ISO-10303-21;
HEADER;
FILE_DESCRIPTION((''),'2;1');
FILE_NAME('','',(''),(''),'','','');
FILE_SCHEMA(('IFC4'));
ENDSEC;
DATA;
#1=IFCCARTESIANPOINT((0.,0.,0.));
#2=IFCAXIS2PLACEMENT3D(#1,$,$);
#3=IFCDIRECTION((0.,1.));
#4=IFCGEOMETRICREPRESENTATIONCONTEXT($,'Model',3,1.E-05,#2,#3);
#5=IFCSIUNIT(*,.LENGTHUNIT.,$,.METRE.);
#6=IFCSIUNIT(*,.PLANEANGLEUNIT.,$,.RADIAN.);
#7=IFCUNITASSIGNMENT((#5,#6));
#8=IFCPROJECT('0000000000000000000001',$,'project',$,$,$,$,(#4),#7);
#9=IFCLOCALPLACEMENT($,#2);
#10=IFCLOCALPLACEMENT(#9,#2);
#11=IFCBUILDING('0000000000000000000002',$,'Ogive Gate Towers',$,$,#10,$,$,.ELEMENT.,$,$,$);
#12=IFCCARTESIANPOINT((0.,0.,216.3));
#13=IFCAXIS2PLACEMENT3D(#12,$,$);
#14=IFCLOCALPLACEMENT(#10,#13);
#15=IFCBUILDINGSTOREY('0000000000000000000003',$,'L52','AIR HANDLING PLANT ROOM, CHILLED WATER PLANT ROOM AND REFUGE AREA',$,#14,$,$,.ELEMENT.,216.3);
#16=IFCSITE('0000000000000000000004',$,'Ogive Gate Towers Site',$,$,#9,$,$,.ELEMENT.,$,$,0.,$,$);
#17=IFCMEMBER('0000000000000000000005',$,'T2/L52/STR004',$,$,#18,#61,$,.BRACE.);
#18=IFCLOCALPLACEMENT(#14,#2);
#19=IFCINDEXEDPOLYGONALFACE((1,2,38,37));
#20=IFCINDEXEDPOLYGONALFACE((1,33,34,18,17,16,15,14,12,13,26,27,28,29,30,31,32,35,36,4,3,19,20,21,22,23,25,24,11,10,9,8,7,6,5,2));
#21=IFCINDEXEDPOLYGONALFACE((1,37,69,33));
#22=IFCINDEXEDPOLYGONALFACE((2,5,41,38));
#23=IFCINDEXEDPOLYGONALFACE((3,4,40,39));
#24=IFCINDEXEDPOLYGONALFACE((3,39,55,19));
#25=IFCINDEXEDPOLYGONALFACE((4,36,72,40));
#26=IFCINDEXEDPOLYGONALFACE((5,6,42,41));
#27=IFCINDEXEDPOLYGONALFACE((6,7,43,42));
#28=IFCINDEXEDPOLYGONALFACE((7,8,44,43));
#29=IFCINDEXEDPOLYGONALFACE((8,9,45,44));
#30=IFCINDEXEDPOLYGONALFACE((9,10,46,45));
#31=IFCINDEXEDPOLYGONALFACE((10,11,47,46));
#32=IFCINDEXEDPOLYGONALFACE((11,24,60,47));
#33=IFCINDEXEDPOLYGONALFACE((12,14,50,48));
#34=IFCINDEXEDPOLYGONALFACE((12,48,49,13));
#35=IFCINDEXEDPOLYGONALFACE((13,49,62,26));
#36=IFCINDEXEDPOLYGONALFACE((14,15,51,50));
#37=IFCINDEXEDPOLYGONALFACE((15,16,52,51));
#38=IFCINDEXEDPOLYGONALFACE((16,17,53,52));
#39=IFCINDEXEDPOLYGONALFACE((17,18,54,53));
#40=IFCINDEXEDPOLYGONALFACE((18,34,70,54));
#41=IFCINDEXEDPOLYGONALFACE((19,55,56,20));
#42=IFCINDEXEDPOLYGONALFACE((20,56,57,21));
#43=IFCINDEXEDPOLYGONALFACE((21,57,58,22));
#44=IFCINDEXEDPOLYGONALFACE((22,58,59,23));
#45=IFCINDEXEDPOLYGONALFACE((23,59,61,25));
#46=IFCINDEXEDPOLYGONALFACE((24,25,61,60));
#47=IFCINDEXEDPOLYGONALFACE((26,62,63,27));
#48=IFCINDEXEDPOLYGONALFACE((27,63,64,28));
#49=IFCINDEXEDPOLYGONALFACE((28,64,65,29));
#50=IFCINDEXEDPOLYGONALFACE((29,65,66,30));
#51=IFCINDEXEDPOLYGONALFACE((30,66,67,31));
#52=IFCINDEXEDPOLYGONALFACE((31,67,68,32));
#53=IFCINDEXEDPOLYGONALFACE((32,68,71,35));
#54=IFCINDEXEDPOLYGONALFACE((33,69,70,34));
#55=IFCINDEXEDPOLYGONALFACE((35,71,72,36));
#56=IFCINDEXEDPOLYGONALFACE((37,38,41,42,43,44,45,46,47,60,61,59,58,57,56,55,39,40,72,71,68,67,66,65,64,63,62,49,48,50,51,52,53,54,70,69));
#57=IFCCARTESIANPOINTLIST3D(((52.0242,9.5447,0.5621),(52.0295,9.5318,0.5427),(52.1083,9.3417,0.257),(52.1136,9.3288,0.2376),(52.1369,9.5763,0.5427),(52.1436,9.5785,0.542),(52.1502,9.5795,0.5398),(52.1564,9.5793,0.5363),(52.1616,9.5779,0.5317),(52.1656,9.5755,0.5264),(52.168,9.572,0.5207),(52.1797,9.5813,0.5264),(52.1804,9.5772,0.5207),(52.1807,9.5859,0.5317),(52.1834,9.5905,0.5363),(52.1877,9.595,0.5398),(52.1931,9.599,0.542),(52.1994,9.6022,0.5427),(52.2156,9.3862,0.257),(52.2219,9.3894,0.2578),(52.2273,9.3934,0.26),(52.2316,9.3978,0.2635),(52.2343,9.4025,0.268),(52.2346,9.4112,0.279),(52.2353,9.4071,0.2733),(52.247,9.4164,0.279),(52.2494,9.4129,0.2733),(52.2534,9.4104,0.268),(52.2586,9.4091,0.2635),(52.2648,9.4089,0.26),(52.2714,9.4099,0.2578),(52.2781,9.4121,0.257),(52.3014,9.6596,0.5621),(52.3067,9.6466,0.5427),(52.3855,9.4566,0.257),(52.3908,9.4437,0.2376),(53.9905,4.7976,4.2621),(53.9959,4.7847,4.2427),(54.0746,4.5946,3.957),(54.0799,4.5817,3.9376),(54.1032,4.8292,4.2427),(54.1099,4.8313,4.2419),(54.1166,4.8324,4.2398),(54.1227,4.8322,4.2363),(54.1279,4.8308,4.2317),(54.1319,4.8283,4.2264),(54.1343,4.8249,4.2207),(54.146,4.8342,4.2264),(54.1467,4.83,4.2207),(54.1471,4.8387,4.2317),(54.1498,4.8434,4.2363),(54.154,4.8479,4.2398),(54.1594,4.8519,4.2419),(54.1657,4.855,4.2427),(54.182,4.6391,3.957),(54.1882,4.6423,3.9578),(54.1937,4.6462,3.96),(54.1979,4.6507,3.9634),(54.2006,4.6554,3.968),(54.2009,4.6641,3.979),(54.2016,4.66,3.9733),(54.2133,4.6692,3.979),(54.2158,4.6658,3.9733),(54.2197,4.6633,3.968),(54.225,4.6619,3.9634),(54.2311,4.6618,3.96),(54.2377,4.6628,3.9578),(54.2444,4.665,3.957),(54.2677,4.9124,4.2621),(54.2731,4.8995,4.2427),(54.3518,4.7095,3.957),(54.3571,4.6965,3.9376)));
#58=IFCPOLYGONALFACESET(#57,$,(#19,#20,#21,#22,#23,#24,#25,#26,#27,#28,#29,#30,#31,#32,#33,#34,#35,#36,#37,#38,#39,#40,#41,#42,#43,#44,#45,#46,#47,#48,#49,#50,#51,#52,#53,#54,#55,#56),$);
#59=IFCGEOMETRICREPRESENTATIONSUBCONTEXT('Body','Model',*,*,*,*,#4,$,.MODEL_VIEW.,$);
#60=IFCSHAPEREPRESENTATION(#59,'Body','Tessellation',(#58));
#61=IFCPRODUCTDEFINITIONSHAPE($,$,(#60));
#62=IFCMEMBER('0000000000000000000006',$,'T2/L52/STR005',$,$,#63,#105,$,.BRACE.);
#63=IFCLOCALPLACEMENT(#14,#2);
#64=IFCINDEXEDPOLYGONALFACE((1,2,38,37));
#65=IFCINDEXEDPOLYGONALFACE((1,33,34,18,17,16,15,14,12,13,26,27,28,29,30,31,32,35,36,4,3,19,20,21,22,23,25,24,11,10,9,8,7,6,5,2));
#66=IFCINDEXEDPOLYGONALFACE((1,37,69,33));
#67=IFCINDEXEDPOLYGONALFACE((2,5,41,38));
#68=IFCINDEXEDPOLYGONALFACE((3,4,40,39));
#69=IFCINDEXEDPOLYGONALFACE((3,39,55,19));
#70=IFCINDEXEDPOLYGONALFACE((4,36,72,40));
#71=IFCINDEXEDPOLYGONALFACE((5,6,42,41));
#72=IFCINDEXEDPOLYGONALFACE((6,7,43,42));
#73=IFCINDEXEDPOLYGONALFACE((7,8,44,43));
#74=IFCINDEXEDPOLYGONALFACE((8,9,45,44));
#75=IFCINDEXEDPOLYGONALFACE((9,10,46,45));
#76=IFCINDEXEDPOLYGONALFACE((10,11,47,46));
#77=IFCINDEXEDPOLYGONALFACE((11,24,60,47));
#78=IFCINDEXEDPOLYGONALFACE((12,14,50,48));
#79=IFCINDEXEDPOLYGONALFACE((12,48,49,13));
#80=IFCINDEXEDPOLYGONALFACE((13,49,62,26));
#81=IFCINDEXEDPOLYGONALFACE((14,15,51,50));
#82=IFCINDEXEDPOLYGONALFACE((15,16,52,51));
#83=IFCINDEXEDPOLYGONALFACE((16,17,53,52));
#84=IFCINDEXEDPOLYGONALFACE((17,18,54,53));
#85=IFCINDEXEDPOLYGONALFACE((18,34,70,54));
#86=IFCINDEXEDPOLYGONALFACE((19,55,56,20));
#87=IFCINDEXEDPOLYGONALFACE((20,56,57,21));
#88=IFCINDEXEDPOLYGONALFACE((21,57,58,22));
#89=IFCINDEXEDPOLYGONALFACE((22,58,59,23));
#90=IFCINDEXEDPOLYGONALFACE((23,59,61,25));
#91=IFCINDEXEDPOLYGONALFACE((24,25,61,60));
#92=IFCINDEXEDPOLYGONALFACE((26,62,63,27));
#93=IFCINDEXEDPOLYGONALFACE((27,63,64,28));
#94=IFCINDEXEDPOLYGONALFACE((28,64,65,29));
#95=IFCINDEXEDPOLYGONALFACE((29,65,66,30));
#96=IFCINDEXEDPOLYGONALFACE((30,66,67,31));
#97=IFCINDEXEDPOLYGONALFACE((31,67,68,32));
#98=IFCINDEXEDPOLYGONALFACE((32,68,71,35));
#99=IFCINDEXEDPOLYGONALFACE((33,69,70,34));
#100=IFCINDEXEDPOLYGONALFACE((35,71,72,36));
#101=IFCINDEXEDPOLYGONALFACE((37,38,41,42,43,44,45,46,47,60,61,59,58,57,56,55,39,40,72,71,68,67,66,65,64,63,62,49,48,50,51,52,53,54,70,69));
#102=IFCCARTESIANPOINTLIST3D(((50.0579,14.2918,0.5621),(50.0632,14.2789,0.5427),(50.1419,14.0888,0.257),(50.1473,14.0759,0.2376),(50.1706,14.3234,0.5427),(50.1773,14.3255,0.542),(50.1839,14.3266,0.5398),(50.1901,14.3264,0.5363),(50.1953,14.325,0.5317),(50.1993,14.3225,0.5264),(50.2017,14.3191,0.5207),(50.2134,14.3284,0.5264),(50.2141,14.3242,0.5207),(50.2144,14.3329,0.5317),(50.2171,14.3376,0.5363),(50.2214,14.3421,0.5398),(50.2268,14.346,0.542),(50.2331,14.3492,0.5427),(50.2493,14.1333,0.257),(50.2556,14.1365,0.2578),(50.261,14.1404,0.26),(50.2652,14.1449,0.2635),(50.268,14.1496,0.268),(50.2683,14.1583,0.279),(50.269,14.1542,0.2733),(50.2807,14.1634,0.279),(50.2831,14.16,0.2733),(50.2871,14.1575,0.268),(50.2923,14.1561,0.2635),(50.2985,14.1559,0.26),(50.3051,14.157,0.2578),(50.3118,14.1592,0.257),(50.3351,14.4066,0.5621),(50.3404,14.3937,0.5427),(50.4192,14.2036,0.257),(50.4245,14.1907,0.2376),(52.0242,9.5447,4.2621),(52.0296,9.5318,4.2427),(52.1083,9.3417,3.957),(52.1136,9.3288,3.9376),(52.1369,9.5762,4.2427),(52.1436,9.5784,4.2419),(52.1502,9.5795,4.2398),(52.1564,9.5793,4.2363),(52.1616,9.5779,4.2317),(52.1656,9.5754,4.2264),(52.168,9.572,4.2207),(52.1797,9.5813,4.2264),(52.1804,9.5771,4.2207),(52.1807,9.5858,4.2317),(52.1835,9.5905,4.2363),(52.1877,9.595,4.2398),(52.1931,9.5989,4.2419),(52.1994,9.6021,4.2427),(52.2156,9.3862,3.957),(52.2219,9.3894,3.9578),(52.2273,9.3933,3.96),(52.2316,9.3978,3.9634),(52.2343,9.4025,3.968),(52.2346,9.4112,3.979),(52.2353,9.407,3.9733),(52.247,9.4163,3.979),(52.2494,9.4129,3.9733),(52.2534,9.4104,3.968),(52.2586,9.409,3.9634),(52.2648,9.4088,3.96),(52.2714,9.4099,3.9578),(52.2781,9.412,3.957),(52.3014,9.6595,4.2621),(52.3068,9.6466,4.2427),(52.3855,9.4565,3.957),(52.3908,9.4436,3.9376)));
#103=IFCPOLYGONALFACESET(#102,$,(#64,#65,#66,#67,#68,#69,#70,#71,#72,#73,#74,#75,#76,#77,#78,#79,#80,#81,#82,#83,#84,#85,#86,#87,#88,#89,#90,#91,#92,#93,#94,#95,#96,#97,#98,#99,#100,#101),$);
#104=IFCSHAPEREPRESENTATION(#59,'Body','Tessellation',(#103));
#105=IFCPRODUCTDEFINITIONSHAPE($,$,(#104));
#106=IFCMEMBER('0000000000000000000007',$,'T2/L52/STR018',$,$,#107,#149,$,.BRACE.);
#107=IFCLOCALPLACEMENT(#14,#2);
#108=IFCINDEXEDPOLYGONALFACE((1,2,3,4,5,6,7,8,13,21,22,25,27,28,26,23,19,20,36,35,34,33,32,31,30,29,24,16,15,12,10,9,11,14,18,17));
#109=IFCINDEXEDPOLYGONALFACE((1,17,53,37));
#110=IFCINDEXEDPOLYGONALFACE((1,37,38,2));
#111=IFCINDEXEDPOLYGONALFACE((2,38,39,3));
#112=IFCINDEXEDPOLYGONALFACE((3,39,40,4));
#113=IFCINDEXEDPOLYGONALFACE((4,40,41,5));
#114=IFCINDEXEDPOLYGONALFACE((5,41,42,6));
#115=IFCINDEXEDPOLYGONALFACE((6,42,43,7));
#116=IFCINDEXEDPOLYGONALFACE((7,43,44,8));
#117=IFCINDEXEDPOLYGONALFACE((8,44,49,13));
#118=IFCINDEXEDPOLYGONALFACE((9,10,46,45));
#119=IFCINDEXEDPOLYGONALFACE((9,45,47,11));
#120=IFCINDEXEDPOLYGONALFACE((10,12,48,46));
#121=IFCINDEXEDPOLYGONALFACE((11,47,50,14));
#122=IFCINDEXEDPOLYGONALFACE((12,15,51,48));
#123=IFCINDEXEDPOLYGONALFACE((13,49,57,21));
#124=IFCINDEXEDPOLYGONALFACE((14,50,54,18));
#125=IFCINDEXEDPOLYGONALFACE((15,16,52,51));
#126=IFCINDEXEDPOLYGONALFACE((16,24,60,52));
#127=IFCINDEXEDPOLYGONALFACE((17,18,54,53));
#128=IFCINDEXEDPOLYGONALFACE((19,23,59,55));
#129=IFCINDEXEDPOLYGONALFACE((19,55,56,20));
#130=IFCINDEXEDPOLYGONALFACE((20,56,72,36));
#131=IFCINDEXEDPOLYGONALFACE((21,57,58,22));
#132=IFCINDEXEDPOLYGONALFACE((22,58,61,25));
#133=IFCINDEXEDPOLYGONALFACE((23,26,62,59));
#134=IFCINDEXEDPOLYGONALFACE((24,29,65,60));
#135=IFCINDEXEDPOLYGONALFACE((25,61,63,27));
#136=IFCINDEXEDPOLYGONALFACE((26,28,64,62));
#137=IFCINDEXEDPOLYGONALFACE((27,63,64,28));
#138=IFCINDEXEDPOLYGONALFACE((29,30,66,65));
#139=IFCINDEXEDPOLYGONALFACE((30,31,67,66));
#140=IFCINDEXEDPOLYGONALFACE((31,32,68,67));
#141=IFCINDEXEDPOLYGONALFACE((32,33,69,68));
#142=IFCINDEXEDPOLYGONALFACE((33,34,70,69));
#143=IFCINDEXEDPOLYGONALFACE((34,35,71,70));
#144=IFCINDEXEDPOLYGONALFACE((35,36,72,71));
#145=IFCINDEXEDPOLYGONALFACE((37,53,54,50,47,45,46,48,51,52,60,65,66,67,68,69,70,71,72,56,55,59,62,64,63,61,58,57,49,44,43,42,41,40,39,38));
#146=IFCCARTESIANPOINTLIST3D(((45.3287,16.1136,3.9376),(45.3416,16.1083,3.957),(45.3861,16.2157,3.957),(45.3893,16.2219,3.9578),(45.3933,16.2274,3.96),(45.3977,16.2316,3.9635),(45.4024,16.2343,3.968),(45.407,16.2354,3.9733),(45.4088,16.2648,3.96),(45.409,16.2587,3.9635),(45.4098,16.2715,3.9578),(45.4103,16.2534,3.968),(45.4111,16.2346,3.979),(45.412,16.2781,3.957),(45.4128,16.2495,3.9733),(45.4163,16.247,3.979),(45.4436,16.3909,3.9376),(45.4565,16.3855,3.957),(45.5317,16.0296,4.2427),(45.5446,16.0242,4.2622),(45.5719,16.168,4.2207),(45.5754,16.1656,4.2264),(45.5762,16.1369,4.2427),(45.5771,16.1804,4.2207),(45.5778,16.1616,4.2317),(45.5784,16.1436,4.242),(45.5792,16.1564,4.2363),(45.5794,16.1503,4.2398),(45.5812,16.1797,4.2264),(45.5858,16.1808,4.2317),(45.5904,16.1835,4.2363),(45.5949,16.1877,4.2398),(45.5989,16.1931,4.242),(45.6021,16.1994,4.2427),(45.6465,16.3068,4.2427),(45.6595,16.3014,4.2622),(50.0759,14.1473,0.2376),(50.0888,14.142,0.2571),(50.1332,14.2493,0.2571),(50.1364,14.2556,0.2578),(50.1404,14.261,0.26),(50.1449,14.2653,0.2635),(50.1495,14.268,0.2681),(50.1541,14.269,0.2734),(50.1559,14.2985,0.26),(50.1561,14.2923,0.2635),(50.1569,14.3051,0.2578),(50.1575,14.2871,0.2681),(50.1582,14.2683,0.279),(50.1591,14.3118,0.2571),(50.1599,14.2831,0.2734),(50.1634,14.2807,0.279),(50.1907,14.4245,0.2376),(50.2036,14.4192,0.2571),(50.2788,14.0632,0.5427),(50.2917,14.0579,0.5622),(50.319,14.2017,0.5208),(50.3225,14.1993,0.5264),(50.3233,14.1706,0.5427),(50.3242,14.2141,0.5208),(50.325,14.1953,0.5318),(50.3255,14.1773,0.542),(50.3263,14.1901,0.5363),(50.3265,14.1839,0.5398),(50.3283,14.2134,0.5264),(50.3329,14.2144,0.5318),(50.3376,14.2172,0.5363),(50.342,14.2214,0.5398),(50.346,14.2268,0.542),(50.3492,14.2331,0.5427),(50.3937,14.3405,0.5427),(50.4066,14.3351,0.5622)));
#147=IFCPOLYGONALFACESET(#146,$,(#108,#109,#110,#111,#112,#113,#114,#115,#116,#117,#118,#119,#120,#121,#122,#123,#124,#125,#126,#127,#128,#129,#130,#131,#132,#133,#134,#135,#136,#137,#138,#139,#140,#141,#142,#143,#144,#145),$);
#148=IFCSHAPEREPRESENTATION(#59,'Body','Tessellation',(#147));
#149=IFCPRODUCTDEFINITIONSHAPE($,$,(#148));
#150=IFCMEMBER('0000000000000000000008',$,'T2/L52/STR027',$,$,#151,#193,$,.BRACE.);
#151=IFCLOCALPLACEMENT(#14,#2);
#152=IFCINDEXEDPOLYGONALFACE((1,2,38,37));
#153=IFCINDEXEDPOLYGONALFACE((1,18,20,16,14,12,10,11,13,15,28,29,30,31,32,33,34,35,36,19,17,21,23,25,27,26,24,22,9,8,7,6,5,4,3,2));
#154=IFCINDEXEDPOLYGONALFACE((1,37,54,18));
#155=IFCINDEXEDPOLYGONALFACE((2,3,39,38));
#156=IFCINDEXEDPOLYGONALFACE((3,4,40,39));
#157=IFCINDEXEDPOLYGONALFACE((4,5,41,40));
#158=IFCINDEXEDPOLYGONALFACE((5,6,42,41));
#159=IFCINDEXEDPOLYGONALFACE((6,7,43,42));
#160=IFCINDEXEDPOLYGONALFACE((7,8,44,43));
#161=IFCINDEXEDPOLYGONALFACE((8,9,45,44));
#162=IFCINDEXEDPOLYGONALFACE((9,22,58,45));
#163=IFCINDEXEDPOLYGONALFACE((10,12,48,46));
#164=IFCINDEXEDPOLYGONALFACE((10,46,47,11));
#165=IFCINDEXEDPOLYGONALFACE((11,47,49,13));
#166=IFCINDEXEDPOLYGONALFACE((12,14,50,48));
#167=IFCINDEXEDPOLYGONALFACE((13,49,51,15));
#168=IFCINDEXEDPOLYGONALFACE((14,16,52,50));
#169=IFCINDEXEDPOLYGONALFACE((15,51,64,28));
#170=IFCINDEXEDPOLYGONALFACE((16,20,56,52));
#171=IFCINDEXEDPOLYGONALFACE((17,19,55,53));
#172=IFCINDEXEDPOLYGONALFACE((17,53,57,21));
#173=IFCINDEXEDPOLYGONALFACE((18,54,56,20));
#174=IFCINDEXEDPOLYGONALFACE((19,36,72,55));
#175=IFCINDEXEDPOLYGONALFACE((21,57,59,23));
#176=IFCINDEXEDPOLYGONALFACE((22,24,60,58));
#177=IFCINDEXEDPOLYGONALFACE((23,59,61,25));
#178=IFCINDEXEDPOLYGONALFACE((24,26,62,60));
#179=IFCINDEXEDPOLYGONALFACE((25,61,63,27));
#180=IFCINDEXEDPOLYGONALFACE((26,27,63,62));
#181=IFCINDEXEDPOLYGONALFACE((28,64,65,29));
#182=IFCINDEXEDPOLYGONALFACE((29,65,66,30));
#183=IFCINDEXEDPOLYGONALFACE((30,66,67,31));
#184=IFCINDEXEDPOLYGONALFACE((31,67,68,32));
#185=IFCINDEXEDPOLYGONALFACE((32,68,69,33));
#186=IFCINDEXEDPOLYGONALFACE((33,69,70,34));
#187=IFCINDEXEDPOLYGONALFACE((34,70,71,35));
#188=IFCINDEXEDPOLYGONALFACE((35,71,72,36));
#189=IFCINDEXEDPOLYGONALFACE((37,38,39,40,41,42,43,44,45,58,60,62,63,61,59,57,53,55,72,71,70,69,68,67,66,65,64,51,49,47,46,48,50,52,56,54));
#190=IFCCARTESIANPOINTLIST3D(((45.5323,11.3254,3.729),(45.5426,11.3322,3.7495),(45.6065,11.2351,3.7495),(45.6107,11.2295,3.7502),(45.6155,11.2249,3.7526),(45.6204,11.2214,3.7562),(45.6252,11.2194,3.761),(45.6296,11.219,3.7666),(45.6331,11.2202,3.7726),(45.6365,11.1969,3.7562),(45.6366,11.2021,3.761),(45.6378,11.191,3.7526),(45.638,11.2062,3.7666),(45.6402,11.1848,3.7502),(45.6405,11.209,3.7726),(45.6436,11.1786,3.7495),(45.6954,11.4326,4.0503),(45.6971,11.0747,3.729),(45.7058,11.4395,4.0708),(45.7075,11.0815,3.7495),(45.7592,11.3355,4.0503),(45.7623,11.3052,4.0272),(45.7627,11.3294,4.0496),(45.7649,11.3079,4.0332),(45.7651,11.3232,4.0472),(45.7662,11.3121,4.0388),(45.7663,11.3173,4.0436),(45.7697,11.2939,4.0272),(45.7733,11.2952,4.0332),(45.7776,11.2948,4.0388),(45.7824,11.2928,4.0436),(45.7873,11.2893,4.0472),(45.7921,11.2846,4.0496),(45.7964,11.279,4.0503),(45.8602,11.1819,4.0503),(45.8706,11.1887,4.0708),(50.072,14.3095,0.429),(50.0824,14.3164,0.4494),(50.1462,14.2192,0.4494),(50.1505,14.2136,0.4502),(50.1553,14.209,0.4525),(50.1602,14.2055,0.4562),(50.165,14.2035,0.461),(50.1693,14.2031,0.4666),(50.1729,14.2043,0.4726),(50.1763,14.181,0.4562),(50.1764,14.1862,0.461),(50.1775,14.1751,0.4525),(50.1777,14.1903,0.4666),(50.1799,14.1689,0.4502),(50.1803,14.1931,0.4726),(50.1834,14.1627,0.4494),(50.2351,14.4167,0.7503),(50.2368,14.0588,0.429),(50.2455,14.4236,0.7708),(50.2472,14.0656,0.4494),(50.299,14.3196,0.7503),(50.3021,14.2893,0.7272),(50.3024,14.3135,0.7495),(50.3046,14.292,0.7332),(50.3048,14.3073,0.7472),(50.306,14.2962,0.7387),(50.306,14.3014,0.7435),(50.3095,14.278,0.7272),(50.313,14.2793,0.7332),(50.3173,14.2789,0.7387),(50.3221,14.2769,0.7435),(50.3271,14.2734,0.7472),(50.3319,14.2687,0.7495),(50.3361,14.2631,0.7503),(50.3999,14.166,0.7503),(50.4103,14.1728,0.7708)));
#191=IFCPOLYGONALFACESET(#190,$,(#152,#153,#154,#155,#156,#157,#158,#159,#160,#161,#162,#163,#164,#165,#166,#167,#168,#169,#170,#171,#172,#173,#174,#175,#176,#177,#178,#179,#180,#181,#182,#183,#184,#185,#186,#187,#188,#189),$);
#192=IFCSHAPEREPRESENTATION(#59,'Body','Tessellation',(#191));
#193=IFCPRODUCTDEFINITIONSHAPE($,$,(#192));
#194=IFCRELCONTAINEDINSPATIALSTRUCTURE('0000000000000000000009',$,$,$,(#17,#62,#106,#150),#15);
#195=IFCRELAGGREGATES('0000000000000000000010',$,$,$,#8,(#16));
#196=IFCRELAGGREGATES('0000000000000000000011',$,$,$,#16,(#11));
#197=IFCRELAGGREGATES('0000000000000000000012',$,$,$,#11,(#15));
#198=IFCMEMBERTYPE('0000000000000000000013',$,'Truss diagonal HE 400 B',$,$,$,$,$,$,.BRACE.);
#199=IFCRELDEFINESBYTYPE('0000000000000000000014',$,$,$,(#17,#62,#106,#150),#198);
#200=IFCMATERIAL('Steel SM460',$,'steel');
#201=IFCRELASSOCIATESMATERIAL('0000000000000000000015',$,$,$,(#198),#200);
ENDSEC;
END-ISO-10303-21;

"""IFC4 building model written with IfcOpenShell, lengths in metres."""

from ifc_helpers import new_model, si_unit, direction, frame, origin, origin_2d, place, context, subcontext, project, spatial, i_section, extrude, material, material_profile, profile_set, type_object, element, save


model = new_model("IFC4")

# Units and contexts
model_context = context("Model", 3, precision=1e-05, world=origin(), true_north=direction((0.0, 1.0)))
body_context = subcontext(model_context, "Body", "Model", "MODEL_VIEW")
ifc_project = project(units=[si_unit("LENGTHUNIT", "METRE"), si_unit("PLANEANGLEUNIT", "RADIAN")], contexts=[model_context])

# Site, building, storey
site_placement = place(None, origin())
site = spatial("IfcSite", under=ifc_project, at=site_placement, Name="Ogive Gate Towers Site", CompositionType="ELEMENT", RefElevation=0.0)
building_placement = place(site_placement, origin())
building = spatial("IfcBuilding", under=site, at=building_placement, Name="Ogive Gate Towers", CompositionType="ELEMENT")
storey_placement = place(building_placement, frame((0.0, 0.0, 216.3)))
storey = spatial("IfcBuildingStorey", under=building, at=storey_placement, Name="L52", Description="AIR HANDLING PLANT ROOM, CHILLED WATER PLANT ROOM AND REFUGE AREA", CompositionType="ELEMENT", Elevation=216.3)

# Shared definitions
ifc_material_1 = material(Name="Steel SM460", Category="steel")

# Members
ifc_material_profile_1 = material_profile(ifc_material_1, i_section(OverallWidth=0.3, OverallDepth=0.3999, WebThickness=0.0134, FlangeThickness=0.0239, FilletRadius=0.0271, at=origin_2d()), Name="HE 400 B")
ifc_profile_set_1 = profile_set([ifc_material_profile_1], Name="Steel SM460")
member_type_1 = type_object("IfcMemberType", Name="Truss diagonal HE 400 B", PredefinedType="BRACE", material=ifc_profile_set_1)
for number, where, z_axis, x_axis, name in (
    (1, (54.1738, 4.7471, 4.0999), (-0.310549, 0.749728, -0.584352), (-0.923879, -0.382685, 0.0), "T2/L52/STR004"),
    (2, (52.2075, 9.4941, 4.0999), (-0.310549, 0.749728, -0.584352), (-0.923879, -0.382685, 0.0), "T2/L52/STR005"),
    (3, (50.2412, 14.2412, 0.3999), (-0.749728, 0.310549, 0.584352), (-0.382685, -0.923879, 0.0), "T2/L52/STR018"),
):
    element("IfcMember", number, at=place(storey_placement, frame(where, z_axis=z_axis, x_axis=x_axis)), inside=storey, type_object=member_type_1, Name=name, PredefinedType="BRACE", context=body_context, shape_type="SweptSolid", body=[
        extrude(i_section(OverallWidth=0.3, OverallDepth=0.3999, WebThickness=0.0134, FlangeThickness=0.0239, FilletRadius=0.0271, at=origin_2d()), origin(), (0.0, 0.0, 1.0), 6.3318),
    ])
member_1_placement = place(storey_placement, frame((45.7014, 11.2571, 3.8999), z_axis=(0.714197, 0.469461, -0.519161), x_axis=(-0.549285, 0.835635, 0.0)))
element("IfcMember", 4, at=member_1_placement, inside=storey, type_object=member_type_1, Name="T2/L52/STR027", PredefinedType="BRACE", context=body_context, shape_type="SweptSolid", body=[
    extrude(i_section(OverallWidth=0.3, OverallDepth=0.3999, WebThickness=0.0134, FlangeThickness=0.0239, FilletRadius=0.0271, at=origin_2d()), origin(), (0.0, 0.0, 1.0), 6.3564),
])

save(model, "model.ifc")
